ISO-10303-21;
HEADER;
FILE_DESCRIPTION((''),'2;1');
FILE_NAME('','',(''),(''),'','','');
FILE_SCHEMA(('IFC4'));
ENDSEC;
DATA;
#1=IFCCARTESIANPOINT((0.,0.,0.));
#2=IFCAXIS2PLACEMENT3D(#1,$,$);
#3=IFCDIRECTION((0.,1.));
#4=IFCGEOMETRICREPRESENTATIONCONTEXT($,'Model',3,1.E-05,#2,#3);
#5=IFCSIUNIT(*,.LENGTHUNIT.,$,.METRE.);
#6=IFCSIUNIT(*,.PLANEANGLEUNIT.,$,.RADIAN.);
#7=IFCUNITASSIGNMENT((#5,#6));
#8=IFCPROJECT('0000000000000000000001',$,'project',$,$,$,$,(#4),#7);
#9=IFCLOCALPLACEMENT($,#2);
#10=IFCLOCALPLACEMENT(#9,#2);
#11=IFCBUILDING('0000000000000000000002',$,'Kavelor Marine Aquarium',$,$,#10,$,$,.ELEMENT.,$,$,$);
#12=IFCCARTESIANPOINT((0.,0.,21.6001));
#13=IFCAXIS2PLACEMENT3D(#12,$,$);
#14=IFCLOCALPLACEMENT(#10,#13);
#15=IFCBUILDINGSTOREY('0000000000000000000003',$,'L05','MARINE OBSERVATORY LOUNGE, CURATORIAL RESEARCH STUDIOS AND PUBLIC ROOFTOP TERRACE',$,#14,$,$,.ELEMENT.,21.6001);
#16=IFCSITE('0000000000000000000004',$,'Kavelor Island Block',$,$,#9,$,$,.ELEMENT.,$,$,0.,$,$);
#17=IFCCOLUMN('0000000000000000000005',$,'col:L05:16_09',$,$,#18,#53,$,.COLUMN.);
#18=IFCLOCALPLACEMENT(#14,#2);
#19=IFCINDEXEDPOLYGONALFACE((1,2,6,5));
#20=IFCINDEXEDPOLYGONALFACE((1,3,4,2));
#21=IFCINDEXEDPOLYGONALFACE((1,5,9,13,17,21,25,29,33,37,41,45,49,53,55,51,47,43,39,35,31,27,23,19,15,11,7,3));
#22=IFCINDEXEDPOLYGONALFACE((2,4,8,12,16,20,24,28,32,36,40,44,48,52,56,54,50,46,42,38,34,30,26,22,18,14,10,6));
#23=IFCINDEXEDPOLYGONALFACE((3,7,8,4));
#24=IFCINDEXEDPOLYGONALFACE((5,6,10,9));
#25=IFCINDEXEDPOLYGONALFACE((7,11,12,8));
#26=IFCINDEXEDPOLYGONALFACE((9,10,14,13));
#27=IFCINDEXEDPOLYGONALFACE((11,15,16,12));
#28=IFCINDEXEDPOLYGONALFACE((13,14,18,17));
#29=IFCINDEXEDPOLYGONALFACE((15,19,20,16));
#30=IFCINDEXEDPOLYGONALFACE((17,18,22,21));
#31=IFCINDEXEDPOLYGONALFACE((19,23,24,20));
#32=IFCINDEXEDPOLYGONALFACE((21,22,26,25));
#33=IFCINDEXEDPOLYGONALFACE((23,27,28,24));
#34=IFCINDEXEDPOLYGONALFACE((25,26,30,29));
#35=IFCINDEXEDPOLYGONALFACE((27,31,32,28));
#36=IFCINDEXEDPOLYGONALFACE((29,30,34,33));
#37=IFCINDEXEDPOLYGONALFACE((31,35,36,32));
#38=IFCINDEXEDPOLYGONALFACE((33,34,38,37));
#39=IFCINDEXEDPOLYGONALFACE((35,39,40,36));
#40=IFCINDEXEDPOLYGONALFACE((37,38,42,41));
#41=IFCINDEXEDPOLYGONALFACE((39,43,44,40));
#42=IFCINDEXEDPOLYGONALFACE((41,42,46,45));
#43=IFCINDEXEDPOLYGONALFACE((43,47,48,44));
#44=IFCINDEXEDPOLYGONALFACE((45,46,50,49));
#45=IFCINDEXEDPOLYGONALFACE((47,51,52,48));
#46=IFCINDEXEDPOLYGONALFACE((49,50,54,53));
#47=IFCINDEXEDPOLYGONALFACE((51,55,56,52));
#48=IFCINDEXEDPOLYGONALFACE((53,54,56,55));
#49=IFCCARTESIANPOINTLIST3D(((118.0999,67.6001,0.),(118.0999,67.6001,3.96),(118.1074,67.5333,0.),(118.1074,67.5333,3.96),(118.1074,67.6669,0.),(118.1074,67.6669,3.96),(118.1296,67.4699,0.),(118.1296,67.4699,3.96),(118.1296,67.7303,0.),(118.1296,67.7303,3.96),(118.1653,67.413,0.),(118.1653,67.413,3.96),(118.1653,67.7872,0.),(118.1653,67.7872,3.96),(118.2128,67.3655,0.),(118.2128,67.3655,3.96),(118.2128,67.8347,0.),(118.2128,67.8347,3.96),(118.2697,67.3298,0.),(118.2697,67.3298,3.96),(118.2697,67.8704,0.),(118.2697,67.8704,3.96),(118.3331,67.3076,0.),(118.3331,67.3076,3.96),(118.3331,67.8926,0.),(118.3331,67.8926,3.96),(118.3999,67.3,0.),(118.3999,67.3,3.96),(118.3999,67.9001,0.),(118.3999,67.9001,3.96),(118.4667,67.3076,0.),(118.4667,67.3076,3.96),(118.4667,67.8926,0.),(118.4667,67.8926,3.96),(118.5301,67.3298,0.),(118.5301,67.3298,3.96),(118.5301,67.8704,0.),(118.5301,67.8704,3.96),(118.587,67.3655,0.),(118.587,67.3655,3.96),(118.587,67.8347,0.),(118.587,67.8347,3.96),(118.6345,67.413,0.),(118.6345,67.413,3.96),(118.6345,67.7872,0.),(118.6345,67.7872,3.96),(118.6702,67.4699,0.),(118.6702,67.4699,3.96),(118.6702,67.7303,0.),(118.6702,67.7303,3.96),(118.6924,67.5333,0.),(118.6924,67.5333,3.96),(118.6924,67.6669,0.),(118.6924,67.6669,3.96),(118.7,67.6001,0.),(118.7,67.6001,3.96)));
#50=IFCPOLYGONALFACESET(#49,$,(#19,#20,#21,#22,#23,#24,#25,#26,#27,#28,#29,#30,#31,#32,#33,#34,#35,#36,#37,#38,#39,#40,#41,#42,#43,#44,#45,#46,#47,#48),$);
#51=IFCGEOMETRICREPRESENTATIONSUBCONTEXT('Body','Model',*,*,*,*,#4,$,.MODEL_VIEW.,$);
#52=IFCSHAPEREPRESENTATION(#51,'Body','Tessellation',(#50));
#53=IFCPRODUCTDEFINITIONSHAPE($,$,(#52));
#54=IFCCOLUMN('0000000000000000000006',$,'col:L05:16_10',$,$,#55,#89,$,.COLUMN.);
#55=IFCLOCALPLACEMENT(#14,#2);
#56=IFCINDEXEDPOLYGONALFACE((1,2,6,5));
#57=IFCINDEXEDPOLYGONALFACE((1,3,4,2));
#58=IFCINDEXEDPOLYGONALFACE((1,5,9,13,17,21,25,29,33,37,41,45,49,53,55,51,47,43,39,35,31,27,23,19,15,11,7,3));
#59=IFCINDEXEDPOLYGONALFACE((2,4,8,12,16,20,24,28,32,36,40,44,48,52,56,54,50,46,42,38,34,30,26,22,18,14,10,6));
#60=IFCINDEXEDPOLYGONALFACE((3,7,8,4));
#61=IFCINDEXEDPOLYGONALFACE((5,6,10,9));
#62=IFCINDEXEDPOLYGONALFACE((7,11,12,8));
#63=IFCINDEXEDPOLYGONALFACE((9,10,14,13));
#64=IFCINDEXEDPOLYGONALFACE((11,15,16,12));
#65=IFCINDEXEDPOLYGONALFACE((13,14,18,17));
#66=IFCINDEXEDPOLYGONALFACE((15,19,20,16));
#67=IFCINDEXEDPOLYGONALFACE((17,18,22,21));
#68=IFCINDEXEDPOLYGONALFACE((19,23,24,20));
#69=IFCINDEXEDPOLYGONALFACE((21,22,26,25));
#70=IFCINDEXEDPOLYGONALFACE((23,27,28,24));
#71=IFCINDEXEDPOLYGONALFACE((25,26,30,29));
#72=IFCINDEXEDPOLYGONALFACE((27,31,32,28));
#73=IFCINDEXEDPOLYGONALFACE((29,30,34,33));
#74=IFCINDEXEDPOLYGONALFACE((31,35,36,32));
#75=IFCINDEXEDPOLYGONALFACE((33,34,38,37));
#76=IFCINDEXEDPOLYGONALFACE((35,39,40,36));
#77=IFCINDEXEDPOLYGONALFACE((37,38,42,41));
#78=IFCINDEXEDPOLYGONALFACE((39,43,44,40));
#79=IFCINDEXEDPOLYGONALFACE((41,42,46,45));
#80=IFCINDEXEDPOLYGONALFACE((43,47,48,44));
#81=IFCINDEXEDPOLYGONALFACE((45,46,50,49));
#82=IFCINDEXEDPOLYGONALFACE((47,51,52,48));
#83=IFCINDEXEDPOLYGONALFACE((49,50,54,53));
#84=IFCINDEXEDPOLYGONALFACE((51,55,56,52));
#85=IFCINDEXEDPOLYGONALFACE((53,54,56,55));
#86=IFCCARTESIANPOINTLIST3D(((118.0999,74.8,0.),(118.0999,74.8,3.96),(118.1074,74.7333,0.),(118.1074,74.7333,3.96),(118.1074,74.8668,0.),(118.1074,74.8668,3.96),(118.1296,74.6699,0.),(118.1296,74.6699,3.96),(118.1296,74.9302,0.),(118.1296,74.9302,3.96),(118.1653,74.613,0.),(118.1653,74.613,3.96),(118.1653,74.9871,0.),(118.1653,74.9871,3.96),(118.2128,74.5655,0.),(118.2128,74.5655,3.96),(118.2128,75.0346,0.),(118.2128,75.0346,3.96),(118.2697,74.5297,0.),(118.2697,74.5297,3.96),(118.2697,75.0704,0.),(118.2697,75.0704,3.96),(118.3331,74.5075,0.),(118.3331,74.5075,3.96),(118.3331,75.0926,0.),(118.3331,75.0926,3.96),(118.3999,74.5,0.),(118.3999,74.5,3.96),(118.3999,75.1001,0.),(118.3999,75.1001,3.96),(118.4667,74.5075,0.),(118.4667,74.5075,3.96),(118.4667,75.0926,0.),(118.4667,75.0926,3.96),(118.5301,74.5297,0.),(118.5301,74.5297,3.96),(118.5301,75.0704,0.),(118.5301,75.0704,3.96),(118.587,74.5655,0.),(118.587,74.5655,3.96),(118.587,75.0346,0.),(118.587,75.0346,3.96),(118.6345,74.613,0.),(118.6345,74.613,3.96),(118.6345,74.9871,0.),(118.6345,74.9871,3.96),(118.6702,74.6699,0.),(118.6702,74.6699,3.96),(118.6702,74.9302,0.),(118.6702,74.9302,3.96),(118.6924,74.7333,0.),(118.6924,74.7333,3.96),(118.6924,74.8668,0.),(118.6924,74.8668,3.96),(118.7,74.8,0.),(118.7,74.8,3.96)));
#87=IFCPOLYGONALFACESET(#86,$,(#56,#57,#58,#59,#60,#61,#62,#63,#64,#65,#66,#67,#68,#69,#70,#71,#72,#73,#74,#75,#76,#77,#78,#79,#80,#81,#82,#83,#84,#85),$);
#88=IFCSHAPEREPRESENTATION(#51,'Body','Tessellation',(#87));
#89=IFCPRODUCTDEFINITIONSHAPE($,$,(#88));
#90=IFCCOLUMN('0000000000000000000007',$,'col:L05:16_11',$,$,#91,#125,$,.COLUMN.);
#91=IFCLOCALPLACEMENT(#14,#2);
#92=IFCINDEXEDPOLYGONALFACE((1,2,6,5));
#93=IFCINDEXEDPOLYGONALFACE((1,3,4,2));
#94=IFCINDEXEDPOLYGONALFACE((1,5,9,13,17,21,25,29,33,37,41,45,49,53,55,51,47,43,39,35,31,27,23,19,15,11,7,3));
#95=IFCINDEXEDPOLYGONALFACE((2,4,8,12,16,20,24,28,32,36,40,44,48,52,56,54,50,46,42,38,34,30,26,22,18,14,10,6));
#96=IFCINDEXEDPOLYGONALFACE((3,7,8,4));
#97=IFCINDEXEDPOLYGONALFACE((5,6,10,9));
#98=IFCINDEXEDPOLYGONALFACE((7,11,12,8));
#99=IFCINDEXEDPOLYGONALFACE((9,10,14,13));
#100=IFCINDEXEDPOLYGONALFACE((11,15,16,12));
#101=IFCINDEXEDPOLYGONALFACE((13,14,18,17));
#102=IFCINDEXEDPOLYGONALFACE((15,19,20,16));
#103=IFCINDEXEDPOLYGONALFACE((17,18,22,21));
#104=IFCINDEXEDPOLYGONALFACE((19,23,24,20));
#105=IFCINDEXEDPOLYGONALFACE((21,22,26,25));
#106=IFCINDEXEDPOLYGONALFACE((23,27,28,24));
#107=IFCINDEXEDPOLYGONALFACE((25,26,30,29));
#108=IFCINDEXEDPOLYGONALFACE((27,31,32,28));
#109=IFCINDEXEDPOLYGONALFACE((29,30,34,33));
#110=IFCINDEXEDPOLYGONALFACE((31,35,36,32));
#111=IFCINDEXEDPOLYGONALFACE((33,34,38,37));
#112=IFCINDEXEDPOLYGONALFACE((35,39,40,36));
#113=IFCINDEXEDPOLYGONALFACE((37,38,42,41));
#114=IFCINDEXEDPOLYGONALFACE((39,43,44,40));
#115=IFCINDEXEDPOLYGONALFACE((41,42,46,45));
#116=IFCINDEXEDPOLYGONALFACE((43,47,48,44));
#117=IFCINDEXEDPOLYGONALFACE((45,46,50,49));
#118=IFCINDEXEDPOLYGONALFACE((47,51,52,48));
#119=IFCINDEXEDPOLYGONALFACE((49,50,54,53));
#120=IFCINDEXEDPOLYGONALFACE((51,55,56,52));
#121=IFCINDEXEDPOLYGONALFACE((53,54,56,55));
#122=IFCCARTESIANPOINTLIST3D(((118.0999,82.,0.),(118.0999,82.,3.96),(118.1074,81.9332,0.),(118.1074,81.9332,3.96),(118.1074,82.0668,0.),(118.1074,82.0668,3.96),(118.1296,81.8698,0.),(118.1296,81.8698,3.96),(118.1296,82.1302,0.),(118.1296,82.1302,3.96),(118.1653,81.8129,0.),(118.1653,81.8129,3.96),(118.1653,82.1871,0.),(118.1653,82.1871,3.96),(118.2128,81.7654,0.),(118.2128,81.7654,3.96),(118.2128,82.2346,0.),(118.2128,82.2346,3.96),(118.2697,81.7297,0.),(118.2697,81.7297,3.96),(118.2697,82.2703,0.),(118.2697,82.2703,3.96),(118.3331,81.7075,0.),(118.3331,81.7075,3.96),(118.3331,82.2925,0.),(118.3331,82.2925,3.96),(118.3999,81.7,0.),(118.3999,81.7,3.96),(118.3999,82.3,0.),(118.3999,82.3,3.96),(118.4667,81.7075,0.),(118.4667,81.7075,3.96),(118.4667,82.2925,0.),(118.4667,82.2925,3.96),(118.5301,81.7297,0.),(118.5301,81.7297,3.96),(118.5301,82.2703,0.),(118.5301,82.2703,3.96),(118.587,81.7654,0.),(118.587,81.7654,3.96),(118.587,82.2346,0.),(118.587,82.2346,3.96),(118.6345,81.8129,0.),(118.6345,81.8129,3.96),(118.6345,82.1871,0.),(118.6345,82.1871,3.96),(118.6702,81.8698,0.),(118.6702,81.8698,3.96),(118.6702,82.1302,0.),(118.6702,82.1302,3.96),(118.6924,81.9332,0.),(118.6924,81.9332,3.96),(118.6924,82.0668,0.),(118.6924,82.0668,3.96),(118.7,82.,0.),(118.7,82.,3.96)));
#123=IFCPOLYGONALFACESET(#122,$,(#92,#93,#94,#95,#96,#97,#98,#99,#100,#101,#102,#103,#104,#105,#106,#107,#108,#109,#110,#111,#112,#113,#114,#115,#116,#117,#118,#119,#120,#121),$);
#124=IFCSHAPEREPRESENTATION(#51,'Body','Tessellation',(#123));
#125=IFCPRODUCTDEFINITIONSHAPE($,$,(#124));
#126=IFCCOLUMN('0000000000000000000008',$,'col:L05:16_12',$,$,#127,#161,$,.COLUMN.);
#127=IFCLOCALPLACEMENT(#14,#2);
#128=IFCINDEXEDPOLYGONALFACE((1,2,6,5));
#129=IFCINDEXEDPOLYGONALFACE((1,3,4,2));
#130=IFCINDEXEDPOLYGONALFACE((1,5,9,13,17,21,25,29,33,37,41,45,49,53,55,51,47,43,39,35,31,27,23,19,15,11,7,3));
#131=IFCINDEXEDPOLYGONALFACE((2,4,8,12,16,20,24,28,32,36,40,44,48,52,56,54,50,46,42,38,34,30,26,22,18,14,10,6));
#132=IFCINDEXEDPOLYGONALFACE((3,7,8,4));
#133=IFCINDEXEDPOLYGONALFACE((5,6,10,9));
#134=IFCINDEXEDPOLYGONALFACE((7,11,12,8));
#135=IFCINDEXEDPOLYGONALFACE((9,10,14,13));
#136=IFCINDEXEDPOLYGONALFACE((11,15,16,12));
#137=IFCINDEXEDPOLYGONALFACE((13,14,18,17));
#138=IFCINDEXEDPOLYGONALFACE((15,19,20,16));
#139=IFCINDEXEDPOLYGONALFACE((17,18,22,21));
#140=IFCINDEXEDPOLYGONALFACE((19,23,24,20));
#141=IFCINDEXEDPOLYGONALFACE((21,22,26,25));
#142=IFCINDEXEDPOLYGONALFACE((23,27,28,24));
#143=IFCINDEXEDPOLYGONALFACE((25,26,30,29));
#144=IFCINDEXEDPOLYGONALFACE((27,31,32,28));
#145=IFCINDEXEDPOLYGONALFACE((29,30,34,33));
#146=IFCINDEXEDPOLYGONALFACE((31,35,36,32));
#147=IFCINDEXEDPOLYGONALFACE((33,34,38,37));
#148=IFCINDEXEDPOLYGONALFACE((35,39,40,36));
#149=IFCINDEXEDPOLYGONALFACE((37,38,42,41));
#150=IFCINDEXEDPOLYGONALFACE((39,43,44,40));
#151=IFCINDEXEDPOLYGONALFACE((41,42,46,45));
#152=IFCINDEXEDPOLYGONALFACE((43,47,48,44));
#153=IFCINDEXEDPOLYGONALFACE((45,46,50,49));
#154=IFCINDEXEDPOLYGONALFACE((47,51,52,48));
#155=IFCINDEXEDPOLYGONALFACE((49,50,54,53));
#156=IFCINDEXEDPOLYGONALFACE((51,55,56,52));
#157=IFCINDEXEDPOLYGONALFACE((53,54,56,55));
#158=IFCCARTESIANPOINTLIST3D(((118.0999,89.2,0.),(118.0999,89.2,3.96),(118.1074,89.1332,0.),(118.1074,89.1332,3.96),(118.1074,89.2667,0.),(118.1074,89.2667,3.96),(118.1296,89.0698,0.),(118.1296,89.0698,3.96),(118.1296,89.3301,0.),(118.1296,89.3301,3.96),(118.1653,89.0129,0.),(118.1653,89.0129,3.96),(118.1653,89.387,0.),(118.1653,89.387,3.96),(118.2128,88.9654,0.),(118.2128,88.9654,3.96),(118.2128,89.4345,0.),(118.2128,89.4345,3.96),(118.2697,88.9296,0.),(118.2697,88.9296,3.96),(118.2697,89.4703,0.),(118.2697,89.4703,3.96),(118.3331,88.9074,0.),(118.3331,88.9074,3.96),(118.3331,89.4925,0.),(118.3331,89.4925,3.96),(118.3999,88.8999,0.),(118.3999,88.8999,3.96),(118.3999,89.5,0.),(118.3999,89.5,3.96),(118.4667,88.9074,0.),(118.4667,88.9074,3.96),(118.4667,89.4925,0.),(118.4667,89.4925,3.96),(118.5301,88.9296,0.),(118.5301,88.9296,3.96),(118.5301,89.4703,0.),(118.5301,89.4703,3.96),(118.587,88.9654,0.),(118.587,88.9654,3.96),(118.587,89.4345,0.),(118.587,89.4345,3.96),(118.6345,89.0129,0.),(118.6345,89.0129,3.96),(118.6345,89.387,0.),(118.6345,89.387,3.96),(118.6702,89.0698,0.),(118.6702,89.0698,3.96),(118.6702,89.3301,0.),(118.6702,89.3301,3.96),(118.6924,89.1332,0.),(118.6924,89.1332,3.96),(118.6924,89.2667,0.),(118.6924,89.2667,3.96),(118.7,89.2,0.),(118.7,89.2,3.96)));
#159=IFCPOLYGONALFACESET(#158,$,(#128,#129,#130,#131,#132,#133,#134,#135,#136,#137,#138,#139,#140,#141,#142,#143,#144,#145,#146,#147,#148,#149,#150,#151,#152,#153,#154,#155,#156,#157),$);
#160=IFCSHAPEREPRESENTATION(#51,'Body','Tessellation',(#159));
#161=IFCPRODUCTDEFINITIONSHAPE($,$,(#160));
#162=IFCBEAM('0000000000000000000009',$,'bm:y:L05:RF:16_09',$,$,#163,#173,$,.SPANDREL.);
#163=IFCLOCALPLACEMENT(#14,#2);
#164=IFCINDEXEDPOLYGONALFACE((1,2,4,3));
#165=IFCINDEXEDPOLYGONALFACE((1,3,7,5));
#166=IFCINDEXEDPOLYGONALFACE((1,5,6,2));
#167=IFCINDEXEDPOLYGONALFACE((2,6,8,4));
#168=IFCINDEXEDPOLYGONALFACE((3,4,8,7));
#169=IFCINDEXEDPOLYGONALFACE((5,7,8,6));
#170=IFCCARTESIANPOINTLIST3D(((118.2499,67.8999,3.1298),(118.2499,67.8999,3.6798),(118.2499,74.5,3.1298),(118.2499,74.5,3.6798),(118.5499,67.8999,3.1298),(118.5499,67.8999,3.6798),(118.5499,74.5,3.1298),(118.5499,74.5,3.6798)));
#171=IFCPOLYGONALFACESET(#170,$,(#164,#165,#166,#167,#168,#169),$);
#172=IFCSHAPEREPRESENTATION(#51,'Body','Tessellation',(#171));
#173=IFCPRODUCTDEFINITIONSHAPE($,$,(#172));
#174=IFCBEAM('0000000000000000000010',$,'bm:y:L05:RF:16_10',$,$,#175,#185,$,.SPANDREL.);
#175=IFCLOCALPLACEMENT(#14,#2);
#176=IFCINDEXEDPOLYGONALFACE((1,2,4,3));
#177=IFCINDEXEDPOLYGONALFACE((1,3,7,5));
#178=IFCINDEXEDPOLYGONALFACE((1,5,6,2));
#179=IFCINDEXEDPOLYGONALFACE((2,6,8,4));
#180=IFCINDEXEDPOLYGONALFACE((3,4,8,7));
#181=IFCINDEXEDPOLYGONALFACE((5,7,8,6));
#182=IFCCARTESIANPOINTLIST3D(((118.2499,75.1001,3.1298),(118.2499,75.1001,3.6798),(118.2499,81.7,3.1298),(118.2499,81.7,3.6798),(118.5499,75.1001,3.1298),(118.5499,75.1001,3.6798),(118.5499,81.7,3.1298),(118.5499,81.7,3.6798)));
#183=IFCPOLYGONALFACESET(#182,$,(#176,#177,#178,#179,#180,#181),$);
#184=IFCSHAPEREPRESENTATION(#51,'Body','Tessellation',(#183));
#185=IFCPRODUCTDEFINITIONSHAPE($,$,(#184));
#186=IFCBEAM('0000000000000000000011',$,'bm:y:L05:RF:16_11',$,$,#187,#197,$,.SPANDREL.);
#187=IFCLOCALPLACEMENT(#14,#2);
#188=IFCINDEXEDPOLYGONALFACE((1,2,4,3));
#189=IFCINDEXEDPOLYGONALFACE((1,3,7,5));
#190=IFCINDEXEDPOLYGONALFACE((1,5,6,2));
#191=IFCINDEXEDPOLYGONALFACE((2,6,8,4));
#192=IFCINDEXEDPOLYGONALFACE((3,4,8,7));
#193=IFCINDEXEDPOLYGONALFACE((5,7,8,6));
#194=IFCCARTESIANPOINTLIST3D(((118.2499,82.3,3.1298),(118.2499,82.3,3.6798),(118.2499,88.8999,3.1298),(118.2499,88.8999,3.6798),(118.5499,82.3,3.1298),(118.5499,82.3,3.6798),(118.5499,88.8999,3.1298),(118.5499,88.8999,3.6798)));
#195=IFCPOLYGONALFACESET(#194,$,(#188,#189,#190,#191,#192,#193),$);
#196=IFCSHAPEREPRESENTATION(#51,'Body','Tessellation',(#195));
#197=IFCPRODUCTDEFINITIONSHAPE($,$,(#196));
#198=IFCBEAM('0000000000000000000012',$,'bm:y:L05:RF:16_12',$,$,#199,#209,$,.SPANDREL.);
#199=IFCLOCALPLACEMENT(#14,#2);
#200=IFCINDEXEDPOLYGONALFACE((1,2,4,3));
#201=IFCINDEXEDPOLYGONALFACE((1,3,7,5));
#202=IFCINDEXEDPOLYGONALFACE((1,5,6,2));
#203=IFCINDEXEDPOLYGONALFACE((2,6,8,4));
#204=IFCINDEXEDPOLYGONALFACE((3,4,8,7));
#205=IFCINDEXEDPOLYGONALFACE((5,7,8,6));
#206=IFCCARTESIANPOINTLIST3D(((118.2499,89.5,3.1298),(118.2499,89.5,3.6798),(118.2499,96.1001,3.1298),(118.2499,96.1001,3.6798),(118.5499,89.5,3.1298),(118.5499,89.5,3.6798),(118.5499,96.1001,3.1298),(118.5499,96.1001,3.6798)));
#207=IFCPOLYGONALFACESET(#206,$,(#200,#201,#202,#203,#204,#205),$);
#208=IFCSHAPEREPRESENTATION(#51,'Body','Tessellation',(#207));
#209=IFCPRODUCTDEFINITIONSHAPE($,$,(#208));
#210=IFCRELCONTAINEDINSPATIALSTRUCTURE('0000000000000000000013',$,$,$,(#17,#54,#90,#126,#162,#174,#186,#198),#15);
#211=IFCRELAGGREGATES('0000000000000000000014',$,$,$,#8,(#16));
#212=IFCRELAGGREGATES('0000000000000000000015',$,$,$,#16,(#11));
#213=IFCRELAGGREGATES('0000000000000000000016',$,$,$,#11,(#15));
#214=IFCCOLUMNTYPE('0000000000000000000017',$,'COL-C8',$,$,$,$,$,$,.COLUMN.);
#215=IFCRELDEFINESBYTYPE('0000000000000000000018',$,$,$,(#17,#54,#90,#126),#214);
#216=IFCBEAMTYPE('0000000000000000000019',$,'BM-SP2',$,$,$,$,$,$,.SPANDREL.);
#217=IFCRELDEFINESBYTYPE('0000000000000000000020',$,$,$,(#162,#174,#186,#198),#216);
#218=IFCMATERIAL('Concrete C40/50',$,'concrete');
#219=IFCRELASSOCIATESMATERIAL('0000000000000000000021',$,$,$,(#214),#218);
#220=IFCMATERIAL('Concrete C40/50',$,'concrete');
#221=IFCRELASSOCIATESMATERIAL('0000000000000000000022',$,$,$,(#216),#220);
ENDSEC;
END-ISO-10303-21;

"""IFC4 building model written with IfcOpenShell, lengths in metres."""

from ifc_helpers import new_model, si_unit, direction, frame, origin, origin_2d, place, context, subcontext, project, spatial, rectangle, circle, extrude, material, material_profile, profile_set, type_object, element, save


model = new_model("IFC4")

# Units and contexts
model_context = context("Model", 3, precision=1e-05, world=origin(), true_north=direction((0.0, 1.0)))
body_context = subcontext(model_context, "Body", "Model", "MODEL_VIEW")
ifc_project = project(units=[si_unit("LENGTHUNIT", "METRE"), si_unit("PLANEANGLEUNIT", "RADIAN")], contexts=[model_context])

# Site, building, storey
site_placement = place(None, origin())
site = spatial("IfcSite", under=ifc_project, at=site_placement, Name="Kavelor Island Block", CompositionType="ELEMENT", RefElevation=0.0)
building_placement = place(site_placement, origin())
building = spatial("IfcBuilding", under=site, at=building_placement, Name="Kavelor Marine Aquarium", CompositionType="ELEMENT")
storey_placement = place(building_placement, frame((0.0, 0.0, 21.6001)))
storey = spatial("IfcBuildingStorey", under=building, at=storey_placement, Name="L05", Description="MARINE OBSERVATORY LOUNGE, CURATORIAL RESEARCH STUDIOS AND PUBLIC ROOFTOP TERRACE", CompositionType="ELEMENT", Elevation=21.6001)

# Columns
ifc_material_1 = material(Name="Concrete C40/50", Category="concrete")
ifc_material_profile_1 = material_profile(ifc_material_1, circle(Radius=0.3, at=origin_2d()), Name="RC-COL D600")
ifc_profile_set_1 = profile_set([ifc_material_profile_1], Name="Concrete C40/50")
column_type = type_object("IfcColumnType", Name="COL-C8", PredefinedType="COLUMN", material=ifc_profile_set_1)
for number, where, z_axis, x_axis, name in (
    (1, (118.3999, 67.6001, 0.0), (0.0, 0.0, 1.0), (1.0, 0.0, 0.0), "col:L05:16_09"),
    (2, (118.3999, 74.8, 0.0), (0.0, 0.0, 1.0), (1.0, 0.0, 0.0), "col:L05:16_10"),
    (3, (118.3999, 82.0, 0.0), (0.0, 0.0, 1.0), (1.0, 0.0, 0.0), "col:L05:16_11"),
    (4, (118.3999, 89.2, 0.0), (0.0, 0.0, 1.0), (1.0, 0.0, 0.0), "col:L05:16_12"),
):
    element("IfcColumn", number, at=place(storey_placement, frame(where, z_axis=z_axis, x_axis=x_axis)), inside=storey, type_object=column_type, Name=name, PredefinedType="COLUMN", context=body_context, shape_type="SweptSolid", body=[
        extrude(circle(Radius=0.3, at=origin_2d()), origin(), (0.0, 0.0, 1.0), 3.96),
    ])

# Beams
ifc_material_2 = material(Name="Concrete C40/50", Category="concrete")
ifc_material_profile_2 = material_profile(ifc_material_2, rectangle(XDim=0.3, YDim=0.55, at=origin_2d()), Name="RC-SP 300x550")
ifc_profile_set_2 = profile_set([ifc_material_profile_2], Name="Concrete C40/50")
beam_type = type_object("IfcBeamType", Name="BM-SP2", PredefinedType="SPANDREL", material=ifc_profile_set_2)
beam_1_placement = place(storey_placement, frame((118.3999, 67.8999, 3.4048), z_axis=(0.0, 1.0, 0.0), x_axis=(-1.0, 0.0, 0.0)))
element("IfcBeam", 5, at=beam_1_placement, inside=storey, type_object=beam_type, Name="bm:y:L05:RF:16_09", PredefinedType="SPANDREL", context=body_context, shape_type="SweptSolid", body=[
    extrude(rectangle(XDim=0.3, YDim=0.55, at=origin_2d()), origin(), (0.0, 0.0, 1.0), 6.6001),
])
for number, where, z_axis, x_axis, name in (
    (6, (118.3999, 75.1001, 3.4048), (0.0, 1.0, 0.0), (-1.0, 0.0, 0.0), "bm:y:L05:RF:16_10"),
    (7, (118.3999, 82.3, 3.4048), (0.0, 1.0, 0.0), (-1.0, 0.0, 0.0), "bm:y:L05:RF:16_11"),
):
    element("IfcBeam", number, at=place(storey_placement, frame(where, z_axis=z_axis, x_axis=x_axis)), inside=storey, type_object=beam_type, Name=name, PredefinedType="SPANDREL", context=body_context, shape_type="SweptSolid", body=[
        extrude(rectangle(XDim=0.3, YDim=0.55, at=origin_2d()), origin(), (0.0, 0.0, 1.0), 6.5999),
    ])
beam_2_placement = place(storey_placement, frame((118.3999, 89.5, 3.4048), z_axis=(0.0, 1.0, 0.0), x_axis=(-1.0, 0.0, 0.0)))
element("IfcBeam", 8, at=beam_2_placement, inside=storey, type_object=beam_type, Name="bm:y:L05:RF:16_12", PredefinedType="SPANDREL", context=body_context, shape_type="SweptSolid", body=[
    extrude(rectangle(XDim=0.3, YDim=0.55, at=origin_2d()), origin(), (0.0, 0.0, 1.0), 6.6001),
])

save(model, "model.ifc")
